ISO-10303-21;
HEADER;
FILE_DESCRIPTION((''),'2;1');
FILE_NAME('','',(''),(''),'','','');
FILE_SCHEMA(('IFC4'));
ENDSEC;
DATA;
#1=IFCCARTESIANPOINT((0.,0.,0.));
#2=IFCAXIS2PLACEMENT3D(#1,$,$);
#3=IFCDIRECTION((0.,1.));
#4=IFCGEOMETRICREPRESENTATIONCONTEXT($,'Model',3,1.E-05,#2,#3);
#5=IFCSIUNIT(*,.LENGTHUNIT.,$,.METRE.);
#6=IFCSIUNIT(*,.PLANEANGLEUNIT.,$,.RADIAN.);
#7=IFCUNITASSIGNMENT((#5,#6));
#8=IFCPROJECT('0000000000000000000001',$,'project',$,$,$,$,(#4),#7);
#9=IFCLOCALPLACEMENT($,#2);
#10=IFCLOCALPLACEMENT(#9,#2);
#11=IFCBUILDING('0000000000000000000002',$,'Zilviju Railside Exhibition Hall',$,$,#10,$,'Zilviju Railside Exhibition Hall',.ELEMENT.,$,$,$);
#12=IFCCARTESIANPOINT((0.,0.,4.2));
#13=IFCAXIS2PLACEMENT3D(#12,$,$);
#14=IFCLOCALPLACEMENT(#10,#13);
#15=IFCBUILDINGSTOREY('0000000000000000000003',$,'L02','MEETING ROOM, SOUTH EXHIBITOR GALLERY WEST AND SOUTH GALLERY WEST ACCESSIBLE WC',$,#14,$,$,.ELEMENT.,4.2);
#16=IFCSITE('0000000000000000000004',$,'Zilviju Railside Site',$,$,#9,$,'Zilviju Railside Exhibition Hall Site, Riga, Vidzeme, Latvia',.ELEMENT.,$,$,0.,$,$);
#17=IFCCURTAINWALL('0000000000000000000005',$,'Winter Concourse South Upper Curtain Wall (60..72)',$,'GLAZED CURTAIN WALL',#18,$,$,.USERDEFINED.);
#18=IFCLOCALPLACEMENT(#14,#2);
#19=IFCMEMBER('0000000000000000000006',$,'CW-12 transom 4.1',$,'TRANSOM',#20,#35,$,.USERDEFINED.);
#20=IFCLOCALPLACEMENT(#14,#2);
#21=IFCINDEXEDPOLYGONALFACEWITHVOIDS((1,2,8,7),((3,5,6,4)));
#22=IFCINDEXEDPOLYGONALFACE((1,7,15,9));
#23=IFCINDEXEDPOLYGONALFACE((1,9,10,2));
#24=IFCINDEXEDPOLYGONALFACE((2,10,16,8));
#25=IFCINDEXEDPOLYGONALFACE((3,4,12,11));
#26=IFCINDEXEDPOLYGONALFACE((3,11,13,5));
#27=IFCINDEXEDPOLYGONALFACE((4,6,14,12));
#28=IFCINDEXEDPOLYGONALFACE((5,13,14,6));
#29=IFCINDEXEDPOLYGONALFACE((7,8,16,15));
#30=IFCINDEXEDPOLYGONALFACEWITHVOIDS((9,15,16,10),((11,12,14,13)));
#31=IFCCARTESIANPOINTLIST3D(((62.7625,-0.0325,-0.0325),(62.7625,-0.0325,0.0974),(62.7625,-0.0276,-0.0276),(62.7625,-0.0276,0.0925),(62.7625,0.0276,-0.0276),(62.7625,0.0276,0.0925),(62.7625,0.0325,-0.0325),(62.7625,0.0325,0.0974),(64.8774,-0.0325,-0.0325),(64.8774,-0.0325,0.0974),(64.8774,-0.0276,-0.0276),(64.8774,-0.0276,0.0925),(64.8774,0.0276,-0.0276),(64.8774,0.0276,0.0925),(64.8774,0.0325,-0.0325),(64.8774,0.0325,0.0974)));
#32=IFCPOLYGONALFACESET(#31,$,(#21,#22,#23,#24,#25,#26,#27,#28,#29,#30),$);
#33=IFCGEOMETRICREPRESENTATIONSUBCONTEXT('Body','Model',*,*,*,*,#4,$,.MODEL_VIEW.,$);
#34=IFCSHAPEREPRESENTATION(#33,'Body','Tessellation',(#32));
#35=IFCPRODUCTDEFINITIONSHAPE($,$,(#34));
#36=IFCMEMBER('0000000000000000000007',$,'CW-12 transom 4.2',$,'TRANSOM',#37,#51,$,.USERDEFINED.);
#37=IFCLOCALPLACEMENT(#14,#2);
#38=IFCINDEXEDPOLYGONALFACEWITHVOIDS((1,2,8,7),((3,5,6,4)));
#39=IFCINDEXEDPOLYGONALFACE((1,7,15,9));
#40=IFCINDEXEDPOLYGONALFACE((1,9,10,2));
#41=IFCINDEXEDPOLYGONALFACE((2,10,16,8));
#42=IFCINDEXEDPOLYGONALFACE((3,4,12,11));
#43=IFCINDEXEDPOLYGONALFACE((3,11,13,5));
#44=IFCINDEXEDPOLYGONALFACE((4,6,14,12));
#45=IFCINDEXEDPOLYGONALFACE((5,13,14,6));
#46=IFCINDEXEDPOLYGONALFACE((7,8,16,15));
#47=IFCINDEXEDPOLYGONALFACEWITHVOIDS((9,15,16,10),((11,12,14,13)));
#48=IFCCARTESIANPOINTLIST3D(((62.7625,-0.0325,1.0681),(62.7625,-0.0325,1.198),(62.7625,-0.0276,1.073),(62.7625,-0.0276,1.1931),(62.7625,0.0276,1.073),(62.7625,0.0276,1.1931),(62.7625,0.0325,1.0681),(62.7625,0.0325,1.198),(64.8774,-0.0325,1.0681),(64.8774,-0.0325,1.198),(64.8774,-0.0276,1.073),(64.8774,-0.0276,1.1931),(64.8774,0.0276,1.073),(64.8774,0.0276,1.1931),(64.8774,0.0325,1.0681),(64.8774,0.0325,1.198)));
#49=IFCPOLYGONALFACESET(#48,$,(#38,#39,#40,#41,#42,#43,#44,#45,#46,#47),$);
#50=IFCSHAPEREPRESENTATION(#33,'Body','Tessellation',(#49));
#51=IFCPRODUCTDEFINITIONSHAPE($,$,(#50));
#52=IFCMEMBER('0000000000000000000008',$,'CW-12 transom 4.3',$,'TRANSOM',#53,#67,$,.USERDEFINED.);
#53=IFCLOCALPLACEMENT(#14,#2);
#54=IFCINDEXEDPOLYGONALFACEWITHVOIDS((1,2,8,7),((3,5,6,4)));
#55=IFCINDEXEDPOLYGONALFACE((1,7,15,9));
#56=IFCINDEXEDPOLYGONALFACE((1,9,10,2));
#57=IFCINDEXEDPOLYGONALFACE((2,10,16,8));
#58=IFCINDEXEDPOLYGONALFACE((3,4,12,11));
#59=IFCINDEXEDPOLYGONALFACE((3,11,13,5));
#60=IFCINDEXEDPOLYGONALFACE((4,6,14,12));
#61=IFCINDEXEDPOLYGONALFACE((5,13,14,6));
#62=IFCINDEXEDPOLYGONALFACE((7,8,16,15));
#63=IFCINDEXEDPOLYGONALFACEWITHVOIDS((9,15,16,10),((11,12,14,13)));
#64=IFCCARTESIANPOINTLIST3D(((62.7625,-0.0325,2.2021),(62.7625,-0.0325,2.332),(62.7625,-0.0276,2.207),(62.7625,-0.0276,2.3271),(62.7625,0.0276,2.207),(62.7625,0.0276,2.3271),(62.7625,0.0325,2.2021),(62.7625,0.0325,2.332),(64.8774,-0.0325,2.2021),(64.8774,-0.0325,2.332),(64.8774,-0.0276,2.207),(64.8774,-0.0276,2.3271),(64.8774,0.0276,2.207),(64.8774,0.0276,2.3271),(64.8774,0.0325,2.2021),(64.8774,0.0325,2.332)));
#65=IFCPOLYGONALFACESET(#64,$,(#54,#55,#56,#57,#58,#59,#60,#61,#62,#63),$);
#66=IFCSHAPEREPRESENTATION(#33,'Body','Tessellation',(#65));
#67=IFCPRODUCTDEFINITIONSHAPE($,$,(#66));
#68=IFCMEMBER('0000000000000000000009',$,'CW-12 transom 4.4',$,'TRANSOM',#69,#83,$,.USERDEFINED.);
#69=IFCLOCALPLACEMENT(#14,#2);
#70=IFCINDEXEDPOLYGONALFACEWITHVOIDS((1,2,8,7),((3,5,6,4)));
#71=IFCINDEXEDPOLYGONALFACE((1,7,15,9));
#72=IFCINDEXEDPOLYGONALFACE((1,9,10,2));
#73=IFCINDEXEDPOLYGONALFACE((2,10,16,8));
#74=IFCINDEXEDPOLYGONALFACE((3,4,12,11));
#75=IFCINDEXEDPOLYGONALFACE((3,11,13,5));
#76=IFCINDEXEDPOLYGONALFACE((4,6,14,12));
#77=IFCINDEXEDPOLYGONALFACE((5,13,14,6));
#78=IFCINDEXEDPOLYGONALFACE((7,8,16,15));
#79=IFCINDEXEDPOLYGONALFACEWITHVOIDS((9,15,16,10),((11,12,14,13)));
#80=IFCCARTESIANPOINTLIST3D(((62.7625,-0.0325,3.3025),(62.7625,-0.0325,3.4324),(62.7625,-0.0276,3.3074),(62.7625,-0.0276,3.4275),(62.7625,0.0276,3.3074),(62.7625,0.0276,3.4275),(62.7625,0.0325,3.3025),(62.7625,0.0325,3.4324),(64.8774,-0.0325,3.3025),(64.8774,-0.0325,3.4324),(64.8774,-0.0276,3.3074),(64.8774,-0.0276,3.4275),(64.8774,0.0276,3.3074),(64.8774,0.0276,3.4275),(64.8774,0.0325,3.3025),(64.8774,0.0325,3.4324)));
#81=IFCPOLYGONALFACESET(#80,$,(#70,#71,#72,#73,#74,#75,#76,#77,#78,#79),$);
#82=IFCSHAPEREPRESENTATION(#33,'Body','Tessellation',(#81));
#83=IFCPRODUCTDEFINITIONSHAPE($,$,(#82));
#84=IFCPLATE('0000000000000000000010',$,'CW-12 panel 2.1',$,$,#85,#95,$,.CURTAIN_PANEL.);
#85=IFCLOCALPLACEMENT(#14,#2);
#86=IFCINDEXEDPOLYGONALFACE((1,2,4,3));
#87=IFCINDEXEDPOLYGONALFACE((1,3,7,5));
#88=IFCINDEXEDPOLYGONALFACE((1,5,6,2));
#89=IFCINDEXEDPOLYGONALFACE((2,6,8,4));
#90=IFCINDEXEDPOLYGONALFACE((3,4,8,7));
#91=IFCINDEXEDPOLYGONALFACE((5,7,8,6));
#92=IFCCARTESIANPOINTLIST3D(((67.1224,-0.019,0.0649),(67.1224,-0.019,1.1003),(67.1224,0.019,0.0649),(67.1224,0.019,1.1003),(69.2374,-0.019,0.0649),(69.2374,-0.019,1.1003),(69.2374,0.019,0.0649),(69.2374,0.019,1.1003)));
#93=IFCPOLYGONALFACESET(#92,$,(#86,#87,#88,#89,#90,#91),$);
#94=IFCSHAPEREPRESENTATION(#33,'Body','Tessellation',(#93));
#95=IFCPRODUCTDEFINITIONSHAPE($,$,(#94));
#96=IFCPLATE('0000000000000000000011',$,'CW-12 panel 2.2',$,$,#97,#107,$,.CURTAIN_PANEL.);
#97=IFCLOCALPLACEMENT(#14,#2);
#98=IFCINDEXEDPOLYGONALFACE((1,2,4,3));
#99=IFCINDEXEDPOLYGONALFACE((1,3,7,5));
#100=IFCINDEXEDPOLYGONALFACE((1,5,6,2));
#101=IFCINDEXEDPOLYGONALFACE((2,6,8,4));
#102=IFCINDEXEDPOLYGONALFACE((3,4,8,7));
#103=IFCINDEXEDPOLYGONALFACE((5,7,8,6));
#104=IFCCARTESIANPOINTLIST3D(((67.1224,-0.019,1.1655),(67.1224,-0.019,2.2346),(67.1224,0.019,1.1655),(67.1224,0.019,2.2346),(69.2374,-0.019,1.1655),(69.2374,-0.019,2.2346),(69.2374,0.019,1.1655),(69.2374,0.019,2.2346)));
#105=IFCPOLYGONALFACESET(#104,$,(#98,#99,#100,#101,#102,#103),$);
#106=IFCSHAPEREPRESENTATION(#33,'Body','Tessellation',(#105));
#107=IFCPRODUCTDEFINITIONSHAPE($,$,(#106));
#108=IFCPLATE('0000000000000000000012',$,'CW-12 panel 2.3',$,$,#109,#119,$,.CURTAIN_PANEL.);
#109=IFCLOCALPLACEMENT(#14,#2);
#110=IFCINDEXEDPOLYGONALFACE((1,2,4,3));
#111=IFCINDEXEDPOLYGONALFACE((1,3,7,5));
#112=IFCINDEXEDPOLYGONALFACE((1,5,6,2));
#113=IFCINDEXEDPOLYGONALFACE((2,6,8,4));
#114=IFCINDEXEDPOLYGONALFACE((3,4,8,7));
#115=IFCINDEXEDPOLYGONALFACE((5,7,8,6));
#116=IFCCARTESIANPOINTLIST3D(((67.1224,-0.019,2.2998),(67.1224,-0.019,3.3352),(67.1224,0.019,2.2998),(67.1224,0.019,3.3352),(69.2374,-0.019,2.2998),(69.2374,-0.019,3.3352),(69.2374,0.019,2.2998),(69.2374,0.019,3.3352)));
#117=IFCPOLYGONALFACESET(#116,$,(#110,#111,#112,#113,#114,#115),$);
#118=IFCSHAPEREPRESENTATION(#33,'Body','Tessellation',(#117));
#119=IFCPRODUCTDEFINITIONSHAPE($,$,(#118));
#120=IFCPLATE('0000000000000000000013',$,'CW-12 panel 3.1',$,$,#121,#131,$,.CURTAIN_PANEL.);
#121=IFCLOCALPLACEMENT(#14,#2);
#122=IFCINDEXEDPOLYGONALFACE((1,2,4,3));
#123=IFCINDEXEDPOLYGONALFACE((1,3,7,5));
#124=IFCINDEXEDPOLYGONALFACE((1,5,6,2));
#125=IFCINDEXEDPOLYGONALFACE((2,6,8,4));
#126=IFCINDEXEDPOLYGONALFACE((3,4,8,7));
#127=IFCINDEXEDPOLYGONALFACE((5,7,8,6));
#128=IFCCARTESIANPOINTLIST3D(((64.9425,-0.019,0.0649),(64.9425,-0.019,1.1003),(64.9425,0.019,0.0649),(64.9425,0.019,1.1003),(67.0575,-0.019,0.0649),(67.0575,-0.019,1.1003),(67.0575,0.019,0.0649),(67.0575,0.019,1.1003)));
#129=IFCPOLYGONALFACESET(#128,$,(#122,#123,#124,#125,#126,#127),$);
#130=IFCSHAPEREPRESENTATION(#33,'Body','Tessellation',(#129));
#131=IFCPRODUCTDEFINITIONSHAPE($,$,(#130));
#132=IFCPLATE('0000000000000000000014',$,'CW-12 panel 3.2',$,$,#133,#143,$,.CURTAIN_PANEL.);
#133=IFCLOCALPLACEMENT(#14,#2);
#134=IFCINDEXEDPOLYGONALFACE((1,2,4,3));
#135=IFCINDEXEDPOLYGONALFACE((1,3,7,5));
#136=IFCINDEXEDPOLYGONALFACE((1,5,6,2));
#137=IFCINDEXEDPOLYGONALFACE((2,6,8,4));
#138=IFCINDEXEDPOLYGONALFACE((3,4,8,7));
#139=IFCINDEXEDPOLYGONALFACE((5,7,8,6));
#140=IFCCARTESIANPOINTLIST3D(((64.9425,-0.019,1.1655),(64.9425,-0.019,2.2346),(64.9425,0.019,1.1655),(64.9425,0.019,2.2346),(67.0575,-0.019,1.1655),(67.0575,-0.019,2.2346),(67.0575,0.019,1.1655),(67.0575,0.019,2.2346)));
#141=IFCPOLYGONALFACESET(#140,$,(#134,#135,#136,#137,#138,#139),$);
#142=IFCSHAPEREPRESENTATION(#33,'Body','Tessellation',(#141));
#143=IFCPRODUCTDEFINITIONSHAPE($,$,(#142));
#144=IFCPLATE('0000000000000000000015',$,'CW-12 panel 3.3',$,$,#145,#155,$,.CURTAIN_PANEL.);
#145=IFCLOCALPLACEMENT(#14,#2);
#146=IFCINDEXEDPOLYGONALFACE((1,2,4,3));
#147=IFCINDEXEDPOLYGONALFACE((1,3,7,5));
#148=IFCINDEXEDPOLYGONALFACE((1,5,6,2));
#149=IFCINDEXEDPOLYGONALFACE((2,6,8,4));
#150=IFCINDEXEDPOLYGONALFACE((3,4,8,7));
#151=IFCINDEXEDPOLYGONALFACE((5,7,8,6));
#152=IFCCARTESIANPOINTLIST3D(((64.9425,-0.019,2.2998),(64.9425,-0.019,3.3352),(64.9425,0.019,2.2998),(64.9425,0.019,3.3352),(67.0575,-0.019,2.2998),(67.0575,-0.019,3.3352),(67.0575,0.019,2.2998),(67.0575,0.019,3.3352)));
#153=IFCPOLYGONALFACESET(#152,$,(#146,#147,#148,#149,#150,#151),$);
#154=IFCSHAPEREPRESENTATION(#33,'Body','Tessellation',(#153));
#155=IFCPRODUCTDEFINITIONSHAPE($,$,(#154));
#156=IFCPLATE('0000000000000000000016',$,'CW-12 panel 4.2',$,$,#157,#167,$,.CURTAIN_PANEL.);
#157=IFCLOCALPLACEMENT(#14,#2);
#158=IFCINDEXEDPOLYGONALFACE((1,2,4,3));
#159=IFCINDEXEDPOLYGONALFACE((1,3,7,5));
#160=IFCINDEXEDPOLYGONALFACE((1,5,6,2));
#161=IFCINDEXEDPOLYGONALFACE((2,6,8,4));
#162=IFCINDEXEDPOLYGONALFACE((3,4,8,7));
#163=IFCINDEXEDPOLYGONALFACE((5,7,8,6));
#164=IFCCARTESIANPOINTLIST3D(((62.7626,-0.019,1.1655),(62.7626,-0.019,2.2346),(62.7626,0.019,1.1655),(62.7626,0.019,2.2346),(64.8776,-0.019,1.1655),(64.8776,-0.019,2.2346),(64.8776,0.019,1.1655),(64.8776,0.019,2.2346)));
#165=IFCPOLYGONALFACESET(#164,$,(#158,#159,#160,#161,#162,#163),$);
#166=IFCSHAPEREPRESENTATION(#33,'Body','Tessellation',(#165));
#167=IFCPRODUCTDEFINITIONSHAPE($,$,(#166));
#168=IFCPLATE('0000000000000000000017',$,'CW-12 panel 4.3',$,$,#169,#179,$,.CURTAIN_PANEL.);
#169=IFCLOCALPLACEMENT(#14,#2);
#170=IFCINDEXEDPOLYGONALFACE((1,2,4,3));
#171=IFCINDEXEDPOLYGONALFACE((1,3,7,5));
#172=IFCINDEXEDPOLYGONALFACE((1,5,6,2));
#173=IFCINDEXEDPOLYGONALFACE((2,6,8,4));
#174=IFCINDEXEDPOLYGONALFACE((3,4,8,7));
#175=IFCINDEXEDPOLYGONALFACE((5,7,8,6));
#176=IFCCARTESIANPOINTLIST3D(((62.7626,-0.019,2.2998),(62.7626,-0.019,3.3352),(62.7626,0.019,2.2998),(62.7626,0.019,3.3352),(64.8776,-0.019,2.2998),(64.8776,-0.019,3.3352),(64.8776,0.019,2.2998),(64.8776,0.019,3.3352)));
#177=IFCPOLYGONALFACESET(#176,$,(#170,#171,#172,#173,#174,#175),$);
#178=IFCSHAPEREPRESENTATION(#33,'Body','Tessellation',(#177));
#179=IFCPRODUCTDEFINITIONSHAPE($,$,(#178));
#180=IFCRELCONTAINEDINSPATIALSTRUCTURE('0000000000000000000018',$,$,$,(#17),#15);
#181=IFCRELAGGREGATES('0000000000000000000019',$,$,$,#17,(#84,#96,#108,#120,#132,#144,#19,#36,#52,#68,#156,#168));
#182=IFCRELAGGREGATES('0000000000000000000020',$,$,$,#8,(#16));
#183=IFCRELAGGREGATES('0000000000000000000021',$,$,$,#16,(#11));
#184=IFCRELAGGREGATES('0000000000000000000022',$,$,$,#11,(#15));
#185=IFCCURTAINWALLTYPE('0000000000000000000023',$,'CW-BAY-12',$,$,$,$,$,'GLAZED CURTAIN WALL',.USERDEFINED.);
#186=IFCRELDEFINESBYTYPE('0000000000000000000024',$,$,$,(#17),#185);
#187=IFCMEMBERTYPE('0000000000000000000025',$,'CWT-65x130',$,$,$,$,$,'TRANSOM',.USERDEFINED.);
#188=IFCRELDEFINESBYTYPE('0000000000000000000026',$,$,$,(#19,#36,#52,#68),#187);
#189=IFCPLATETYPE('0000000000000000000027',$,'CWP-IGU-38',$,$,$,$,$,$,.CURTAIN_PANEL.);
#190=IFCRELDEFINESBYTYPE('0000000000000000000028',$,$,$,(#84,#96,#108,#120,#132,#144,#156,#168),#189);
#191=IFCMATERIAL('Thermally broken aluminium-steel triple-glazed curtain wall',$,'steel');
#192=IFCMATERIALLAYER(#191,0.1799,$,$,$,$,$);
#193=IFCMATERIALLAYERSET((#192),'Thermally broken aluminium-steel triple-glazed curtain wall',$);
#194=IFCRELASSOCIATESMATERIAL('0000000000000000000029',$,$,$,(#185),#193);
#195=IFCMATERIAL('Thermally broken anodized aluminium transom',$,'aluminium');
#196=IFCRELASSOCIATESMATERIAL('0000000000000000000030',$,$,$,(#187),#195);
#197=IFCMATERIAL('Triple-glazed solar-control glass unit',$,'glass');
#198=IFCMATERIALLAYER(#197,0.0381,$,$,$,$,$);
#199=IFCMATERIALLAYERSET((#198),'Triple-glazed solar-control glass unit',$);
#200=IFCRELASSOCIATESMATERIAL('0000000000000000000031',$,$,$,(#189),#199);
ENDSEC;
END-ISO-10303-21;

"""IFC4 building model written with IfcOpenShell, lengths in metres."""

from ifc_helpers import new_model, si_unit, direction, frame, origin, origin_2d, place, context, subcontext, project, spatial, rectangle, hollow_rectangle, extrude, material, layer, layer_set, material_profile, profile_set, type_object, element, aggregate, save


model = new_model("IFC4")

# Units and contexts
model_context = context("Model", 3, precision=1e-05, world=origin(), true_north=direction((0.0, 1.0)))
body_context = subcontext(model_context, "Body", "Model", "MODEL_VIEW")
ifc_project = project(units=[si_unit("LENGTHUNIT", "METRE"), si_unit("PLANEANGLEUNIT", "RADIAN")], contexts=[model_context])

# Site, building, storey
site_placement = place(None, origin())
site = spatial("IfcSite", under=ifc_project, at=site_placement, Name="Zilviju Railside Site", LongName="Zilviju Railside Exhibition Hall Site, Riga, Vidzeme, Latvia", CompositionType="ELEMENT", RefElevation=0.0)
building_placement = place(site_placement, origin())
building = spatial("IfcBuilding", under=site, at=building_placement, Name="Zilviju Railside Exhibition Hall", LongName="Zilviju Railside Exhibition Hall", CompositionType="ELEMENT")
storey_placement = place(building_placement, frame((0.0, 0.0, 4.2)))
storey = spatial("IfcBuildingStorey", under=building, at=storey_placement, Name="L02", Description="MEETING ROOM, SOUTH EXHIBITOR GALLERY WEST AND SOUTH GALLERY WEST ACCESSIBLE WC", CompositionType="ELEMENT", Elevation=4.2)

# Curtain wall, members, plates
ifc_material_1 = material(Name="Thermally broken aluminium-steel triple-glazed curtain wall", Category="steel")
ifc_layer_1 = layer(ifc_material_1, 0.1799)
ifc_layer_set_1 = layer_set([ifc_layer_1], Name="Thermally broken aluminium-steel triple-glazed curtain wall")
curtain_wall_type = type_object("IfcCurtainWallType", Name="CW-BAY-12", ElementType="GLAZED CURTAIN WALL", PredefinedType="USERDEFINED", material=ifc_layer_set_1)
curtain_wall_placement = place(storey_placement, origin())
curtain_wall = element("IfcCurtainWall", 1, at=curtain_wall_placement, inside=storey, type_object=curtain_wall_type, Name="Winter Concourse South Upper Curtain Wall (60..72)", ObjectType="GLAZED CURTAIN WALL", PredefinedType="USERDEFINED")
ifc_material_2 = material(Name="Thermally broken anodized aluminium transom", Category="aluminium")
ifc_material_profile_1 = material_profile(ifc_material_2, hollow_rectangle(XDim=0.0649, YDim=0.1299, WallThickness=0.0049, at=origin_2d()), Name="TRANSOM 130x65x5")
ifc_profile_set_1 = profile_set([ifc_material_profile_1], Name="Thermally broken anodized aluminium transom")
member_type_1 = type_object("IfcMemberType", Name="CWT-65x130", ElementType="TRANSOM", PredefinedType="USERDEFINED", material=ifc_profile_set_1)
member_1_placement = place(storey_placement, frame((64.8774, 0.0, 0.0325), z_axis=(-1.0, 0.0, 0.0), x_axis=(0.0, -1.0, 0.0)))
member_1 = element("IfcMember", 2, at=member_1_placement, type_object=member_type_1, Name="CW-12 transom 4.1", ObjectType="TRANSOM", PredefinedType="USERDEFINED", context=body_context, shape_type="SweptSolid", body=[
    extrude(hollow_rectangle(XDim=0.0649, YDim=0.1299, WallThickness=0.0049, at=origin_2d()), origin(), (0.0, 0.0, 1.0), 2.115),
])
member_2_placement = place(storey_placement, frame((64.8774, 0.0, 1.1331), z_axis=(-1.0, 0.0, 0.0), x_axis=(0.0, -1.0, 0.0)))
member_2 = element("IfcMember", 3, at=member_2_placement, type_object=member_type_1, Name="CW-12 transom 4.2", ObjectType="TRANSOM", PredefinedType="USERDEFINED", context=body_context, shape_type="SweptSolid", body=[
    extrude(hollow_rectangle(XDim=0.0649, YDim=0.1299, WallThickness=0.0049, at=origin_2d()), origin(), (0.0, 0.0, 1.0), 2.115),
])
member_3_placement = place(storey_placement, frame((64.8774, 0.0, 2.2671), z_axis=(-1.0, 0.0, 0.0), x_axis=(0.0, -1.0, 0.0)))
member_3 = element("IfcMember", 4, at=member_3_placement, type_object=member_type_1, Name="CW-12 transom 4.3", ObjectType="TRANSOM", PredefinedType="USERDEFINED", context=body_context, shape_type="SweptSolid", body=[
    extrude(hollow_rectangle(XDim=0.0649, YDim=0.1299, WallThickness=0.0049, at=origin_2d()), origin(), (0.0, 0.0, 1.0), 2.115),
])
member_4_placement = place(storey_placement, frame((64.8774, 0.0, 3.3674), z_axis=(-1.0, 0.0, 0.0), x_axis=(0.0, -1.0, 0.0)))
member_4 = element("IfcMember", 5, at=member_4_placement, type_object=member_type_1, Name="CW-12 transom 4.4", ObjectType="TRANSOM", PredefinedType="USERDEFINED", context=body_context, shape_type="SweptSolid", body=[
    extrude(hollow_rectangle(XDim=0.0649, YDim=0.1299, WallThickness=0.0049, at=origin_2d()), origin(), (0.0, 0.0, 1.0), 2.115),
])
ifc_material_3 = material(Name="Triple-glazed solar-control glass unit", Category="glass")
ifc_layer_2 = layer(ifc_material_3, 0.0381)
ifc_layer_set_2 = layer_set([ifc_layer_2], Name="Triple-glazed solar-control glass unit")
plate_type = type_object("IfcPlateType", Name="CWP-IGU-38", PredefinedType="CURTAIN_PANEL", material=ifc_layer_set_2)
plate_1_placement = place(storey_placement, frame((68.1799, 0.0, 0.0649), z_axis=(0.0, 0.0, 1.0), x_axis=(-1.0, 0.0, 0.0)))
plate_1 = element("IfcPlate", 6, at=plate_1_placement, type_object=plate_type, Name="CW-12 panel 2.1", PredefinedType="CURTAIN_PANEL", context=body_context, shape_type="SweptSolid", body=[
    extrude(rectangle(XDim=2.115, YDim=0.0381, at=origin_2d()), origin(), (0.0, 0.0, 1.0), 1.0354),
])
plate_2_placement = place(storey_placement, frame((68.1799, 0.0, 1.1655), z_axis=(0.0, 0.0, 1.0), x_axis=(-1.0, 0.0, 0.0)))
plate_2 = element("IfcPlate", 7, at=plate_2_placement, type_object=plate_type, Name="CW-12 panel 2.2", PredefinedType="CURTAIN_PANEL", context=body_context, shape_type="SweptSolid", body=[
    extrude(rectangle(XDim=2.115, YDim=0.0381, at=origin_2d()), origin(), (0.0, 0.0, 1.0), 1.0691),
])
plate_3_placement = place(storey_placement, frame((68.1799, 0.0, 2.2998), z_axis=(0.0, 0.0, 1.0), x_axis=(-1.0, 0.0, 0.0)))
plate_3 = element("IfcPlate", 8, at=plate_3_placement, type_object=plate_type, Name="CW-12 panel 2.3", PredefinedType="CURTAIN_PANEL", context=body_context, shape_type="SweptSolid", body=[
    extrude(rectangle(XDim=2.115, YDim=0.0381, at=origin_2d()), origin(), (0.0, 0.0, 1.0), 1.0354),
])
plate_4_placement = place(storey_placement, frame((66.0, 0.0, 0.0649), z_axis=(0.0, 0.0, 1.0), x_axis=(-1.0, 0.0, 0.0)))
plate_4 = element("IfcPlate", 9, at=plate_4_placement, type_object=plate_type, Name="CW-12 panel 3.1", PredefinedType="CURTAIN_PANEL", context=body_context, shape_type="SweptSolid", body=[
    extrude(rectangle(XDim=2.115, YDim=0.0381, at=origin_2d()), origin(), (0.0, 0.0, 1.0), 1.0354),
])
plate_5_placement = place(storey_placement, frame((66.0, 0.0, 1.1655), z_axis=(0.0, 0.0, 1.0), x_axis=(-1.0, 0.0, 0.0)))
plate_5 = element("IfcPlate", 10, at=plate_5_placement, type_object=plate_type, Name="CW-12 panel 3.2", PredefinedType="CURTAIN_PANEL", context=body_context, shape_type="SweptSolid", body=[
    extrude(rectangle(XDim=2.115, YDim=0.0381, at=origin_2d()), origin(), (0.0, 0.0, 1.0), 1.0691),
])
plate_6_placement = place(storey_placement, frame((66.0, 0.0, 2.2998), z_axis=(0.0, 0.0, 1.0), x_axis=(-1.0, 0.0, 0.0)))
plate_6 = element("IfcPlate", 11, at=plate_6_placement, type_object=plate_type, Name="CW-12 panel 3.3", PredefinedType="CURTAIN_PANEL", context=body_context, shape_type="SweptSolid", body=[
    extrude(rectangle(XDim=2.115, YDim=0.0381, at=origin_2d()), origin(), (0.0, 0.0, 1.0), 1.0354),
])
plate_7_placement = place(storey_placement, frame((63.8201, 0.0, 1.1655), z_axis=(0.0, 0.0, 1.0), x_axis=(-1.0, 0.0, 0.0)))
plate_7 = element("IfcPlate", 12, at=plate_7_placement, type_object=plate_type, Name="CW-12 panel 4.2", PredefinedType="CURTAIN_PANEL", context=body_context, shape_type="SweptSolid", body=[
    extrude(rectangle(XDim=2.115, YDim=0.0381, at=origin_2d()), origin(), (0.0, 0.0, 1.0), 1.0691),
])
plate_8_placement = place(storey_placement, frame((63.8201, 0.0, 2.2998), z_axis=(0.0, 0.0, 1.0), x_axis=(-1.0, 0.0, 0.0)))
plate_8 = element("IfcPlate", 13, at=plate_8_placement, type_object=plate_type, Name="CW-12 panel 4.3", PredefinedType="CURTAIN_PANEL", context=body_context, shape_type="SweptSolid", body=[
    extrude(rectangle(XDim=2.115, YDim=0.0381, at=origin_2d()), origin(), (0.0, 0.0, 1.0), 1.0354),
])
aggregate(curtain_wall, [plate_1, plate_2, plate_3, plate_4, plate_5, plate_6, member_1, member_2, member_3, member_4, plate_7, plate_8])

save(model, "model.ifc")
